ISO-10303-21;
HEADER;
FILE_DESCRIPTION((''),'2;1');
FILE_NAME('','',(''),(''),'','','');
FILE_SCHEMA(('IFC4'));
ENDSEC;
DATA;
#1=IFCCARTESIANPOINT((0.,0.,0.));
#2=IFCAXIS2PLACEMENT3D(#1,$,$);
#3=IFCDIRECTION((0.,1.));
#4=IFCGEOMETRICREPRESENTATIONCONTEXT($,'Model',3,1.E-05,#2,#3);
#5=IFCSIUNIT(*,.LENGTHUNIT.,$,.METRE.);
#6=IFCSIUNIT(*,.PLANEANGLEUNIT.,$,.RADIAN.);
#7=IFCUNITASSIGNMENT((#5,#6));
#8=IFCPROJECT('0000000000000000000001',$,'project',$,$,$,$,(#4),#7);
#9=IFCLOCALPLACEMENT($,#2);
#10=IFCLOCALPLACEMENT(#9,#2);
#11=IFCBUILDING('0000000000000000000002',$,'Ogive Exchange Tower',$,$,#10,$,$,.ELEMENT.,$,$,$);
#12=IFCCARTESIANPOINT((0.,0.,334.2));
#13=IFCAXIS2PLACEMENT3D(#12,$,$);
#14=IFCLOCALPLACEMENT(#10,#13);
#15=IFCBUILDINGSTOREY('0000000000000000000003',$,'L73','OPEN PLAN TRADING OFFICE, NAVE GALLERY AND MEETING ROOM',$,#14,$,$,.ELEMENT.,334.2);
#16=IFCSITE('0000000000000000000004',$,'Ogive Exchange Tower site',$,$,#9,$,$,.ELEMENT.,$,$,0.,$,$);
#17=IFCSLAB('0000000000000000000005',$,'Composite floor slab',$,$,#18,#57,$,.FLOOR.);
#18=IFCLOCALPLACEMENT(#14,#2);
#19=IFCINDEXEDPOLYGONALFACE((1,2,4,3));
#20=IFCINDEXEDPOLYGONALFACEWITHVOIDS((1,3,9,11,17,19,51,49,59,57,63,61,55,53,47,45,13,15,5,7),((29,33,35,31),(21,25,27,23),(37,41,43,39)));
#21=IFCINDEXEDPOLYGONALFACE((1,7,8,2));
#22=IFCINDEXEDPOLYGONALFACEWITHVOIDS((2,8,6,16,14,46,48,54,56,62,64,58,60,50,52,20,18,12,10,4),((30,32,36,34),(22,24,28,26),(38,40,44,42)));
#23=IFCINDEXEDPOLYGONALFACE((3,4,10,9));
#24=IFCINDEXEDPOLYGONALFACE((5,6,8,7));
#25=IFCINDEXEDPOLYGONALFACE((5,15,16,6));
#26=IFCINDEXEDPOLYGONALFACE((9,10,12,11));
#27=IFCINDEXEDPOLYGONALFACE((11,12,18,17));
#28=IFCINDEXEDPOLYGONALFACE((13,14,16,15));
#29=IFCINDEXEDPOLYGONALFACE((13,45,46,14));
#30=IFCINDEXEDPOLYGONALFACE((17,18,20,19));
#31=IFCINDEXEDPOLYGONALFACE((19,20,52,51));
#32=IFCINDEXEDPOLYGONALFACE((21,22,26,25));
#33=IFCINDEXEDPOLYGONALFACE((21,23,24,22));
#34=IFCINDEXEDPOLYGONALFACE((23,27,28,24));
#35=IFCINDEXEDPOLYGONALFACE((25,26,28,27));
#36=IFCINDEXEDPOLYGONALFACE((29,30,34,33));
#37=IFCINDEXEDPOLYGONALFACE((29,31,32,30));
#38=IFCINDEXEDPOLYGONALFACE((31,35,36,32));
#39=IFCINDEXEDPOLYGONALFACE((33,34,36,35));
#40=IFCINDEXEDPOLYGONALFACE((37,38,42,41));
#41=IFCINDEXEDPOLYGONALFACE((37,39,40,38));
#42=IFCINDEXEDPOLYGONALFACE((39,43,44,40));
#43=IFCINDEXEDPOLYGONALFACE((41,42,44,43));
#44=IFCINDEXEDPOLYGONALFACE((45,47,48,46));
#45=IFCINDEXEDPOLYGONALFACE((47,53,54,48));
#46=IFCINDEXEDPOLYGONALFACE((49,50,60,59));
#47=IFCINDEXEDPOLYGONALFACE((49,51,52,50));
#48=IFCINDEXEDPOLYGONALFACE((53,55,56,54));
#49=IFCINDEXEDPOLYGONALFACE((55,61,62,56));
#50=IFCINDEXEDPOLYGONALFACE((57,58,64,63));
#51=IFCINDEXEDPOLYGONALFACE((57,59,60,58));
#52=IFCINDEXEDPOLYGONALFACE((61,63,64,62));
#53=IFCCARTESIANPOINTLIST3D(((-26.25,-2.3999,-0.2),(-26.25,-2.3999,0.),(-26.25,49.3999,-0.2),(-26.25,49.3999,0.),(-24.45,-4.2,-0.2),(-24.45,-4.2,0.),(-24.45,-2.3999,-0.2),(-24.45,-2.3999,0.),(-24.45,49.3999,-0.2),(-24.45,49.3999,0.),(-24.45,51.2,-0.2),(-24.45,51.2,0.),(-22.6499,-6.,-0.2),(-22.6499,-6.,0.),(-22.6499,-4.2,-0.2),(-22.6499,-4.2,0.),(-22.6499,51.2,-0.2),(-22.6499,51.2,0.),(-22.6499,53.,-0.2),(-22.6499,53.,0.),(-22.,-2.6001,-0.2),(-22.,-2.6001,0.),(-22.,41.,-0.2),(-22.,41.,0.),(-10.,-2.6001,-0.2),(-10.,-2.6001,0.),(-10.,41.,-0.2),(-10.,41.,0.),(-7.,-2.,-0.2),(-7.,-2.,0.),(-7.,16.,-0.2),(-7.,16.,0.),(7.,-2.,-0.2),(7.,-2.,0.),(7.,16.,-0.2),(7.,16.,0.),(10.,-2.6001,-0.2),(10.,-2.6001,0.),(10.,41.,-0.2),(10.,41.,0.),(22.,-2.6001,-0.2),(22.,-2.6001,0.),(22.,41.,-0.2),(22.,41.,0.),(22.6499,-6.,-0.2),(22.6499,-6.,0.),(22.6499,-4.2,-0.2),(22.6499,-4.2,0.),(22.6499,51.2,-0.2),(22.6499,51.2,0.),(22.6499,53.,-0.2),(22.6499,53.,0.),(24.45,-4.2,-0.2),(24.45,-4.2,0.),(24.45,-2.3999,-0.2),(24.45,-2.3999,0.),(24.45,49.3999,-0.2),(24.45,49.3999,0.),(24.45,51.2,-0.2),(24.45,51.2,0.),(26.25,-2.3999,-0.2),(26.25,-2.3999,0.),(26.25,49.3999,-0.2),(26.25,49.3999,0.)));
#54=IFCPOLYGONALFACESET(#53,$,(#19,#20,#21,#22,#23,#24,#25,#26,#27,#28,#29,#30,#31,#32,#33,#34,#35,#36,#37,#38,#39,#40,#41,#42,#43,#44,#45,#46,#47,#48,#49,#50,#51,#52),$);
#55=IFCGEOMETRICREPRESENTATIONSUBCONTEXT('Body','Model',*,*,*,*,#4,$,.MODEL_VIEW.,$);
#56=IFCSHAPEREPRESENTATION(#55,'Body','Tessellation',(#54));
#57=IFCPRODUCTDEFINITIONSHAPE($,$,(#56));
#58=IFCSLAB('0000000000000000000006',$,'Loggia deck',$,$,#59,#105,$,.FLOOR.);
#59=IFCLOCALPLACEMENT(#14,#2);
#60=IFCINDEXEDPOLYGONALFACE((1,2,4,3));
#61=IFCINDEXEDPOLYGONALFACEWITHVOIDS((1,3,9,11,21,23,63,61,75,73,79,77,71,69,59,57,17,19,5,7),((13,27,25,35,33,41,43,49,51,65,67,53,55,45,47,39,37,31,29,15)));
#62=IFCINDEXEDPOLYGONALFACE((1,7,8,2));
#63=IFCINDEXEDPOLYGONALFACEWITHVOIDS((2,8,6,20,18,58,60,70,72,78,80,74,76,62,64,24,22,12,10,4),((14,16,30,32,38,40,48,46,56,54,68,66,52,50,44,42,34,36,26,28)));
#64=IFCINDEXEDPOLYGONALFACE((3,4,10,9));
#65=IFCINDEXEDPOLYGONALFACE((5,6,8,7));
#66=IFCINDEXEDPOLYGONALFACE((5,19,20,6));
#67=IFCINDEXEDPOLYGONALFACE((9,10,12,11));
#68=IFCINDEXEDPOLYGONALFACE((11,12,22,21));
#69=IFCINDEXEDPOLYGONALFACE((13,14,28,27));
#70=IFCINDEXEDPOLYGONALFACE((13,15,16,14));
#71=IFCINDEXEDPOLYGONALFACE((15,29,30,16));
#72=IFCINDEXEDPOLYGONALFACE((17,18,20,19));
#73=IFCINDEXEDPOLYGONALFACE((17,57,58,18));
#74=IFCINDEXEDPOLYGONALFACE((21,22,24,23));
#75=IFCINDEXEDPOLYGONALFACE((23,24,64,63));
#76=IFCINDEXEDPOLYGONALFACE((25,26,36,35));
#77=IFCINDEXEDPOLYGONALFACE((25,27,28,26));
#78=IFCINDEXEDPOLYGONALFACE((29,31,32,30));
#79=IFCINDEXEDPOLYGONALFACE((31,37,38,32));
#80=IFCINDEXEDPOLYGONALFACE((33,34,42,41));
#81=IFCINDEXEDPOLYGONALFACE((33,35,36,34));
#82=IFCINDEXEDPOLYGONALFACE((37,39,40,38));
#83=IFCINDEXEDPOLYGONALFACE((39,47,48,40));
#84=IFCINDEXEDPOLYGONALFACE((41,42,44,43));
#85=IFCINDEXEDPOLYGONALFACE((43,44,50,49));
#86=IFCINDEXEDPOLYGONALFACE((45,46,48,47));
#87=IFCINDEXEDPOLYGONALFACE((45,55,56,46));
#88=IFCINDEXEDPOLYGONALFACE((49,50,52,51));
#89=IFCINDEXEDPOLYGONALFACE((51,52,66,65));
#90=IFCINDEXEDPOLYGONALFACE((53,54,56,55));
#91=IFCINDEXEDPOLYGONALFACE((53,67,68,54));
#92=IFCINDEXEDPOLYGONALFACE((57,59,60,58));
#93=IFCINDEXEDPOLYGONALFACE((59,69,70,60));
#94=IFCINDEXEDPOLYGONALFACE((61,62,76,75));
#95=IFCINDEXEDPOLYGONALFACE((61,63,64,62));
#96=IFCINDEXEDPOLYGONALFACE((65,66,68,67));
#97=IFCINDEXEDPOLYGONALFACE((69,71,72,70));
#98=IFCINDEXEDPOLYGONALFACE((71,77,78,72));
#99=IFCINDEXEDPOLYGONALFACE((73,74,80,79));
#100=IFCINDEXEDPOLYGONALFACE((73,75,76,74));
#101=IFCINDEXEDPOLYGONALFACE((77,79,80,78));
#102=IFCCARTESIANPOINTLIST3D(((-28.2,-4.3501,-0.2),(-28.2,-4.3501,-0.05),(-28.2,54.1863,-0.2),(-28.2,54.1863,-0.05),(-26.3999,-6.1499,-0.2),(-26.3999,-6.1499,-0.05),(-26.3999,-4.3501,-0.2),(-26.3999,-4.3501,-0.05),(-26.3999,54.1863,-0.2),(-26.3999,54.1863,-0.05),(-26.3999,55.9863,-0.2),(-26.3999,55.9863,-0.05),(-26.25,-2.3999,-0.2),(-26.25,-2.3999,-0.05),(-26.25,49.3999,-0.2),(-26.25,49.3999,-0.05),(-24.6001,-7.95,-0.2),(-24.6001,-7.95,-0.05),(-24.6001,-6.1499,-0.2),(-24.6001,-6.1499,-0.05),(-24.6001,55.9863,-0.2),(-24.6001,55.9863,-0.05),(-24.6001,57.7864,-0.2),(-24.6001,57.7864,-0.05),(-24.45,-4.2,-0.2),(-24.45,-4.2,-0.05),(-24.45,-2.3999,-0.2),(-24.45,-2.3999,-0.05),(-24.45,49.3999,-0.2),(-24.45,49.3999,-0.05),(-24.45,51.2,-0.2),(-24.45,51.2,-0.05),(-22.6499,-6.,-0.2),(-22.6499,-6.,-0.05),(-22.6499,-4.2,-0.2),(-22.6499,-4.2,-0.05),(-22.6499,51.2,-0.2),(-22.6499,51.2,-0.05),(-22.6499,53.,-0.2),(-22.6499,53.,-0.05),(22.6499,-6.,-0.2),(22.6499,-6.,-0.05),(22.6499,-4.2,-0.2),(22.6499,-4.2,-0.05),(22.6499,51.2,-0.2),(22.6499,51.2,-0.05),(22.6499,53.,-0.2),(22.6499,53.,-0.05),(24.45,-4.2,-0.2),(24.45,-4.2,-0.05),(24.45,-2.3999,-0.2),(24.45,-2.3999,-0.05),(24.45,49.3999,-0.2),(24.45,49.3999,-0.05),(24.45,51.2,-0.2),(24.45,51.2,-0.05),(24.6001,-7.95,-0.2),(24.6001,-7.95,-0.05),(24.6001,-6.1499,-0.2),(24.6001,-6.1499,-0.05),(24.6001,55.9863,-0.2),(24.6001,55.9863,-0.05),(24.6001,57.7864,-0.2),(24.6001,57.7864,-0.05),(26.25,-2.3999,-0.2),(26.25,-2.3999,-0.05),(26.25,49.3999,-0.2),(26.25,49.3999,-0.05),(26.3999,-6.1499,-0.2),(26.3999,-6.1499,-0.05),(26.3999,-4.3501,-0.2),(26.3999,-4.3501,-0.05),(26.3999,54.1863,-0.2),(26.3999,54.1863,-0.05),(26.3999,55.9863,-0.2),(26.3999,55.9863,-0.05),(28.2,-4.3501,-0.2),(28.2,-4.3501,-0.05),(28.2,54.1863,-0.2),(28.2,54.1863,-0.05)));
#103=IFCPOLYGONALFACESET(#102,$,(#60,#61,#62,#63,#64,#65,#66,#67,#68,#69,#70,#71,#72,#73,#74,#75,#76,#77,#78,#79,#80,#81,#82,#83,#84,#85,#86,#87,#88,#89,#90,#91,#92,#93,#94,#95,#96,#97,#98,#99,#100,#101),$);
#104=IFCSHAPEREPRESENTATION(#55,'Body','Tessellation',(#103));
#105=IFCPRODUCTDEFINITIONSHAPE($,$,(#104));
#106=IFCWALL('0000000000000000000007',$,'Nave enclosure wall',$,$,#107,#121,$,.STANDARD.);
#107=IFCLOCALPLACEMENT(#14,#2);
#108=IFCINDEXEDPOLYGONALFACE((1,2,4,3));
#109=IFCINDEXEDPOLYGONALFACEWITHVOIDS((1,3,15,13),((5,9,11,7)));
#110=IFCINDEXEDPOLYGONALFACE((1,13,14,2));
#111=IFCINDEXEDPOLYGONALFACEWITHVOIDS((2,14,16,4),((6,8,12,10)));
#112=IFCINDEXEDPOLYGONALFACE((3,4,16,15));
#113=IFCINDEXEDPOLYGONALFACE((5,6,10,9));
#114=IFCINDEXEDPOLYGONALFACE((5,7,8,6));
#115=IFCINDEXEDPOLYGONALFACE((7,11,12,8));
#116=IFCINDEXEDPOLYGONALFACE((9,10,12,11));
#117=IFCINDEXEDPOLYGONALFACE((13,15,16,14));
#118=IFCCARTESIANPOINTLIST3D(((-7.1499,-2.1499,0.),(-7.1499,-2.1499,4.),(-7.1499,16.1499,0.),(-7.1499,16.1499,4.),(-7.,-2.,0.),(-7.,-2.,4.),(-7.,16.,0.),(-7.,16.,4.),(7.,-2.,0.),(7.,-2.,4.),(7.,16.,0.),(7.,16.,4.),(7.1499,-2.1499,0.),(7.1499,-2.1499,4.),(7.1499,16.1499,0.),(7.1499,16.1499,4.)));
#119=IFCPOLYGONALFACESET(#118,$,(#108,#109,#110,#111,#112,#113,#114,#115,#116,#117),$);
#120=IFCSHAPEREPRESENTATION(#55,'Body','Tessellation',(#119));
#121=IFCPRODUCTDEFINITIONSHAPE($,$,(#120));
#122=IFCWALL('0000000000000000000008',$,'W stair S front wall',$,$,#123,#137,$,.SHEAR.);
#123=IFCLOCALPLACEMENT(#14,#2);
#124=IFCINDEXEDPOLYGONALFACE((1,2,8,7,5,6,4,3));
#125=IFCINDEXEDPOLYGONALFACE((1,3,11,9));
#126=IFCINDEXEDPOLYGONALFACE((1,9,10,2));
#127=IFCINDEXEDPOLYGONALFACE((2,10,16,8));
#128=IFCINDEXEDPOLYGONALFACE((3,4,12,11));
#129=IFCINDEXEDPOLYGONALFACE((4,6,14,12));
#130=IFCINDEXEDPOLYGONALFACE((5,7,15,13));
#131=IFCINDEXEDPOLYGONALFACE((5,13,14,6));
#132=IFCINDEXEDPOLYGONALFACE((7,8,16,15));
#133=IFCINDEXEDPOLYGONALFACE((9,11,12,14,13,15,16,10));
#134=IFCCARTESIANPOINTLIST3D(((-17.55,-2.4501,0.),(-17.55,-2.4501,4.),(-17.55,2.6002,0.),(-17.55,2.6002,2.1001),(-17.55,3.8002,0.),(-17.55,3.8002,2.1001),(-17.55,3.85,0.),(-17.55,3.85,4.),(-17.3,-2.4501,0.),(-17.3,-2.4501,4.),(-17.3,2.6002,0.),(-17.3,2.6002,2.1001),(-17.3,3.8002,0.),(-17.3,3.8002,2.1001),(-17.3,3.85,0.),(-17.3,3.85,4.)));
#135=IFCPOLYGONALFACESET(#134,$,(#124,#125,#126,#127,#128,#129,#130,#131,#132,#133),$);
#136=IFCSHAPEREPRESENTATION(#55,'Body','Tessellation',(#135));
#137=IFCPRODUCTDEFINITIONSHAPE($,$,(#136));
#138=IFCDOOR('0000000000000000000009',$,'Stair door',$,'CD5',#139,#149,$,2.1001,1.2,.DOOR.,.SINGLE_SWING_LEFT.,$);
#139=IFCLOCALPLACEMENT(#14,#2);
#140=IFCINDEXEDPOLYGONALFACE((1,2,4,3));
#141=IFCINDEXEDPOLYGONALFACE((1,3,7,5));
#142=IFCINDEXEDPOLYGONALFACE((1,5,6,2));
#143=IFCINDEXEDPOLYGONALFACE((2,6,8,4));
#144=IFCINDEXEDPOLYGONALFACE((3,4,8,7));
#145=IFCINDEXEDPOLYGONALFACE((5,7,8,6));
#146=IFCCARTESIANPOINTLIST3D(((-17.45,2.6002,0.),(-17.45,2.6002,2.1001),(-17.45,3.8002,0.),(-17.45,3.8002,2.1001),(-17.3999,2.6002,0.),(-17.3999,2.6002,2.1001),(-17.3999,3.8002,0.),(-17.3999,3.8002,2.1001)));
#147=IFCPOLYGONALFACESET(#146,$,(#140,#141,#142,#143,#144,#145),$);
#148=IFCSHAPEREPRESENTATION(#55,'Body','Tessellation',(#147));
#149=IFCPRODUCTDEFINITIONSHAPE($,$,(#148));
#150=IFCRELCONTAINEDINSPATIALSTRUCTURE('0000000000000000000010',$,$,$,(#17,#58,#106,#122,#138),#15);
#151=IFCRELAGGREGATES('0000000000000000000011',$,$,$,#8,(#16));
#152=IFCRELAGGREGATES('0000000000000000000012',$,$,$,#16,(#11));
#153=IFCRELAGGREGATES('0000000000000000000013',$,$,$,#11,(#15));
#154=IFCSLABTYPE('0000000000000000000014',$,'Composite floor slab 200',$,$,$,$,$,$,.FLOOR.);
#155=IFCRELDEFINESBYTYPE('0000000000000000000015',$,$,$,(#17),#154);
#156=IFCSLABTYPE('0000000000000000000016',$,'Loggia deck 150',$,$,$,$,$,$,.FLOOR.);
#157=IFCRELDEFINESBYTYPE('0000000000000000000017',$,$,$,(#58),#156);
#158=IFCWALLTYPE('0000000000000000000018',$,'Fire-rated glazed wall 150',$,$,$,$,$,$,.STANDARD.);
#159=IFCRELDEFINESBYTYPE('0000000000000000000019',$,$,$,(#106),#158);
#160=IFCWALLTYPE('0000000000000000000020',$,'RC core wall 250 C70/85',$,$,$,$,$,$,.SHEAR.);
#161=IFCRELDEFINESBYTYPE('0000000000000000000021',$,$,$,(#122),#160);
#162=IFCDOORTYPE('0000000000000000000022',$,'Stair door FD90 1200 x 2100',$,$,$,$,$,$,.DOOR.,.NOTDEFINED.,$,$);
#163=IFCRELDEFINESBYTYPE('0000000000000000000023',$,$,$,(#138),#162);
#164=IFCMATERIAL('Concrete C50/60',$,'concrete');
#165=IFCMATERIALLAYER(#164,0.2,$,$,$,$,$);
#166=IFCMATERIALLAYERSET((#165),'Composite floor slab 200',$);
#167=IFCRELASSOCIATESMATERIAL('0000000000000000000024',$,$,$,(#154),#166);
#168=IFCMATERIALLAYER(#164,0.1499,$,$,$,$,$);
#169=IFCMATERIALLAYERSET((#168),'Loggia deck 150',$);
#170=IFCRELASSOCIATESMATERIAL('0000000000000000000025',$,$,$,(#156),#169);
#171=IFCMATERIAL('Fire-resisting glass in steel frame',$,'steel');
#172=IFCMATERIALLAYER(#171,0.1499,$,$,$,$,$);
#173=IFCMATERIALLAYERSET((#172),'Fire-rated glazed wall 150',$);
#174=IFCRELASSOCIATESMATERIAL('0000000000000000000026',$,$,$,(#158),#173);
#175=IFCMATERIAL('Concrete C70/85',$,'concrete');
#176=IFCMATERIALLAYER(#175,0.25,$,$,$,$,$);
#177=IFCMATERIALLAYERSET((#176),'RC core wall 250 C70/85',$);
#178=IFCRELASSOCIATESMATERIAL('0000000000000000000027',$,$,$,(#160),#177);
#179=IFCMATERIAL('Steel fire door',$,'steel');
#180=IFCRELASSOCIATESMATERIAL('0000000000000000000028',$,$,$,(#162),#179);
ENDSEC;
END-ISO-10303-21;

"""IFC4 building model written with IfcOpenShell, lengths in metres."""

from ifc_helpers import new_model, si_unit, direction, frame, frame_2d, origin, place, context, subcontext, project, spatial, polyline, rectangle, outline, extrude, material, layer, layer_set, type_object, element, fill, save


model = new_model("IFC4")

# Units and contexts
model_context = context("Model", 3, precision=1e-05, world=origin(), true_north=direction((0.0, 1.0)))
body_context = subcontext(model_context, "Body", "Model", "MODEL_VIEW")
ifc_project = project(units=[si_unit("LENGTHUNIT", "METRE"), si_unit("PLANEANGLEUNIT", "RADIAN")], contexts=[model_context])

# Site, building, storey
site_placement = place(None, origin())
site = spatial("IfcSite", under=ifc_project, at=site_placement, Name="Ogive Exchange Tower site", CompositionType="ELEMENT", RefElevation=0.0)
building_placement = place(site_placement, origin())
building = spatial("IfcBuilding", under=site, at=building_placement, Name="Ogive Exchange Tower", CompositionType="ELEMENT")
storey_placement = place(building_placement, frame((0.0, 0.0, 334.2)))
storey = spatial("IfcBuildingStorey", under=building, at=storey_placement, Name="L73", Description="OPEN PLAN TRADING OFFICE, NAVE GALLERY AND MEETING ROOM", CompositionType="ELEMENT", Elevation=334.2)

# Slabs
ifc_material_1 = material(Name="Concrete C50/60", Category="concrete")
ifc_layer_1 = layer(ifc_material_1, 0.2)
ifc_layer_set_1 = layer_set([ifc_layer_1], Name="Composite floor slab 200")
slab_type_1 = type_object("IfcSlabType", Name="Composite floor slab 200", PredefinedType="FLOOR", material=ifc_layer_set_1)
slab_1_placement = place(storey_placement, frame((0.0, 0.0, -0.2)))
element("IfcSlab", 1, at=slab_1_placement, inside=storey, type_object=slab_type_1, Name="Composite floor slab", PredefinedType="FLOOR", context=body_context, shape_type="SweptSolid", body=[
    extrude(outline(polyline([(-22.6499, -4.2), (-24.45, -4.2), (-24.45, -2.3999), (-26.25, -2.3999), (-26.25, 49.3999), (-24.45, 49.3999), (-24.45, 51.2), (-22.6499, 51.2), (-22.6499, 53.0), (22.6499, 53.0), (22.6499, 51.2), (24.45, 51.2), (24.45, 49.3999), (26.25, 49.3999), (26.25, -2.3999), (24.45, -2.3999), (24.45, -4.2), (22.6499, -4.2), (22.6499, -6.0), (-22.6499, -6.0), (-22.6499, -4.2)]), holes=[polyline([(7.0, -2.0), (7.0, 16.0), (-7.0, 16.0), (-7.0, -2.0), (7.0, -2.0)]), polyline([(-22.0, -2.6001), (-10.0, -2.6001), (-10.0, 41.0), (-22.0, 41.0), (-22.0, -2.6001)]), polyline([(10.0, -2.6001), (22.0, -2.6001), (22.0, 41.0), (10.0, 41.0), (10.0, -2.6001)])]), origin(), (0.0, 0.0, 1.0), 0.2),
])
ifc_layer_2 = layer(ifc_material_1, 0.1499)
ifc_layer_set_2 = layer_set([ifc_layer_2], Name="Loggia deck 150")
slab_type_2 = type_object("IfcSlabType", Name="Loggia deck 150", PredefinedType="FLOOR", material=ifc_layer_set_2)
slab_2_placement = place(storey_placement, frame((0.0, 0.0, -0.2)))
element("IfcSlab", 2, at=slab_2_placement, inside=storey, type_object=slab_type_2, Name="Loggia deck", PredefinedType="FLOOR", context=body_context, shape_type="SweptSolid", body=[
    extrude(outline(polyline([(-24.6001, -6.1499), (-26.3999, -6.1499), (-26.3999, -4.3501), (-28.2, -4.3501), (-28.2, 54.1863), (-26.3999, 54.1863), (-26.3999, 55.9863), (-24.6001, 55.9863), (-24.6001, 57.7864), (24.6001, 57.7864), (24.6001, 55.9863), (26.3999, 55.9863), (26.3999, 54.1863), (28.2, 54.1863), (28.2, -4.3501), (26.3999, -4.3501), (26.3999, -6.1499), (24.6001, -6.1499), (24.6001, -7.95), (-24.6001, -7.95), (-24.6001, -6.1499)]), holes=[polyline([(22.6499, -4.2), (24.45, -4.2), (24.45, -2.3999), (26.25, -2.3999), (26.25, 49.3999), (24.45, 49.3999), (24.45, 51.2), (22.6499, 51.2), (22.6499, 53.0), (-22.6499, 53.0), (-22.6499, 51.2), (-24.45, 51.2), (-24.45, 49.3999), (-26.25, 49.3999), (-26.25, -2.3999), (-24.45, -2.3999), (-24.45, -4.2), (-22.6499, -4.2), (-22.6499, -6.0), (22.6499, -6.0), (22.6499, -4.2)])]), origin(), (0.0, 0.0, 1.0), 0.1499),
])

# Wall
ifc_material_2 = material(Name="Fire-resisting glass in steel frame", Category="steel")
ifc_layer_3 = layer(ifc_material_2, 0.1499)
ifc_layer_set_3 = layer_set([ifc_layer_3], Name="Fire-rated glazed wall 150")
wall_type_1 = type_object("IfcWallType", Name="Fire-rated glazed wall 150", PredefinedType="STANDARD", material=ifc_layer_set_3)
wall_1_placement = place(storey_placement, origin())
element("IfcWall", 3, at=wall_1_placement, inside=storey, type_object=wall_type_1, Name="Nave enclosure wall", PredefinedType="STANDARD", context=body_context, shape_type="SweptSolid", body=[
    extrude(outline(polyline([(-7.1499, -2.1499), (7.1499, -2.1499), (7.1499, 16.1499), (-7.1499, 16.1499), (-7.1499, -2.1499)]), holes=[polyline([(-7.0, -2.0), (-7.0, 16.0), (7.0, 16.0), (7.0, -2.0), (-7.0, -2.0)])]), origin(), (0.0, 0.0, 1.0), 4.0),
])

# Wall, opening, door
ifc_material_3 = material(Name="Concrete C70/85", Category="concrete")
ifc_layer_4 = layer(ifc_material_3, 0.25)
ifc_layer_set_4 = layer_set([ifc_layer_4], Name="RC core wall 250 C70/85")
wall_type_2 = type_object("IfcWallType", Name="RC core wall 250 C70/85", PredefinedType="SHEAR", material=ifc_layer_set_4)
wall_2_placement = place(storey_placement, frame((-17.425, -2.45, 0.0), z_axis=(0.0, 0.0, 1.0), x_axis=(0.0, 1.0, 0.0)))
wall_2 = element("IfcWall", 4, at=wall_2_placement, inside=storey, type_object=wall_type_2, Name="W stair S front wall", PredefinedType="SHEAR", context=body_context, shape_type="SweptSolid", body=[
    extrude(rectangle(XDim=6.3, YDim=0.25, at=frame_2d((3.1499, 0.0))), origin(), (0.0, 0.0, 1.0), 4.0),
])
opening_1_placement = place(wall_2_placement, frame((5.05, 0.0, 0.0)))
opening_1 = element("IfcOpeningElement", 5, at=opening_1_placement, cuts=wall_2, PredefinedType="OPENING", context=body_context, shape_type="SweptSolid", body=[
    extrude(rectangle(XDim=1.2, YDim=2.1001, at=frame_2d((0.6001, 1.05))), frame((0.0, 0.135, 0.0), z_axis=(0.0, -1.0, 0.0), x_axis=(1.0, 0.0, 0.0)), (0.0, 0.0, 1.0), 0.27),
])
ifc_material_4 = material(Name="Steel fire door", Category="steel")
door_type_1 = type_object("IfcDoorType", Name="Stair door FD90 1200 x 2100", OperationType="NOTDEFINED", PredefinedType="DOOR", material=ifc_material_4)
door_1_placement = place(opening_1_placement, origin())
door_1 = element("IfcDoor", 6, at=door_1_placement, inside=storey, type_object=door_type_1, Name="Stair door", ObjectType="CD5", OperationType="SINGLE_SWING_LEFT", OverallHeight=2.1001, OverallWidth=1.2, PredefinedType="DOOR", context=body_context, shape_type="SweptSolid", body=[
    extrude(rectangle(XDim=1.2, YDim=2.1001, at=frame_2d((0.6001, 1.05))), frame((0.0, 0.0249, 0.0), z_axis=(0.0, -1.0, 0.0), x_axis=(1.0, 0.0, 0.0)), (0.0, 0.0, 1.0), 0.05),
])
fill(opening_1, door_1)

save(model, "model.ifc")
